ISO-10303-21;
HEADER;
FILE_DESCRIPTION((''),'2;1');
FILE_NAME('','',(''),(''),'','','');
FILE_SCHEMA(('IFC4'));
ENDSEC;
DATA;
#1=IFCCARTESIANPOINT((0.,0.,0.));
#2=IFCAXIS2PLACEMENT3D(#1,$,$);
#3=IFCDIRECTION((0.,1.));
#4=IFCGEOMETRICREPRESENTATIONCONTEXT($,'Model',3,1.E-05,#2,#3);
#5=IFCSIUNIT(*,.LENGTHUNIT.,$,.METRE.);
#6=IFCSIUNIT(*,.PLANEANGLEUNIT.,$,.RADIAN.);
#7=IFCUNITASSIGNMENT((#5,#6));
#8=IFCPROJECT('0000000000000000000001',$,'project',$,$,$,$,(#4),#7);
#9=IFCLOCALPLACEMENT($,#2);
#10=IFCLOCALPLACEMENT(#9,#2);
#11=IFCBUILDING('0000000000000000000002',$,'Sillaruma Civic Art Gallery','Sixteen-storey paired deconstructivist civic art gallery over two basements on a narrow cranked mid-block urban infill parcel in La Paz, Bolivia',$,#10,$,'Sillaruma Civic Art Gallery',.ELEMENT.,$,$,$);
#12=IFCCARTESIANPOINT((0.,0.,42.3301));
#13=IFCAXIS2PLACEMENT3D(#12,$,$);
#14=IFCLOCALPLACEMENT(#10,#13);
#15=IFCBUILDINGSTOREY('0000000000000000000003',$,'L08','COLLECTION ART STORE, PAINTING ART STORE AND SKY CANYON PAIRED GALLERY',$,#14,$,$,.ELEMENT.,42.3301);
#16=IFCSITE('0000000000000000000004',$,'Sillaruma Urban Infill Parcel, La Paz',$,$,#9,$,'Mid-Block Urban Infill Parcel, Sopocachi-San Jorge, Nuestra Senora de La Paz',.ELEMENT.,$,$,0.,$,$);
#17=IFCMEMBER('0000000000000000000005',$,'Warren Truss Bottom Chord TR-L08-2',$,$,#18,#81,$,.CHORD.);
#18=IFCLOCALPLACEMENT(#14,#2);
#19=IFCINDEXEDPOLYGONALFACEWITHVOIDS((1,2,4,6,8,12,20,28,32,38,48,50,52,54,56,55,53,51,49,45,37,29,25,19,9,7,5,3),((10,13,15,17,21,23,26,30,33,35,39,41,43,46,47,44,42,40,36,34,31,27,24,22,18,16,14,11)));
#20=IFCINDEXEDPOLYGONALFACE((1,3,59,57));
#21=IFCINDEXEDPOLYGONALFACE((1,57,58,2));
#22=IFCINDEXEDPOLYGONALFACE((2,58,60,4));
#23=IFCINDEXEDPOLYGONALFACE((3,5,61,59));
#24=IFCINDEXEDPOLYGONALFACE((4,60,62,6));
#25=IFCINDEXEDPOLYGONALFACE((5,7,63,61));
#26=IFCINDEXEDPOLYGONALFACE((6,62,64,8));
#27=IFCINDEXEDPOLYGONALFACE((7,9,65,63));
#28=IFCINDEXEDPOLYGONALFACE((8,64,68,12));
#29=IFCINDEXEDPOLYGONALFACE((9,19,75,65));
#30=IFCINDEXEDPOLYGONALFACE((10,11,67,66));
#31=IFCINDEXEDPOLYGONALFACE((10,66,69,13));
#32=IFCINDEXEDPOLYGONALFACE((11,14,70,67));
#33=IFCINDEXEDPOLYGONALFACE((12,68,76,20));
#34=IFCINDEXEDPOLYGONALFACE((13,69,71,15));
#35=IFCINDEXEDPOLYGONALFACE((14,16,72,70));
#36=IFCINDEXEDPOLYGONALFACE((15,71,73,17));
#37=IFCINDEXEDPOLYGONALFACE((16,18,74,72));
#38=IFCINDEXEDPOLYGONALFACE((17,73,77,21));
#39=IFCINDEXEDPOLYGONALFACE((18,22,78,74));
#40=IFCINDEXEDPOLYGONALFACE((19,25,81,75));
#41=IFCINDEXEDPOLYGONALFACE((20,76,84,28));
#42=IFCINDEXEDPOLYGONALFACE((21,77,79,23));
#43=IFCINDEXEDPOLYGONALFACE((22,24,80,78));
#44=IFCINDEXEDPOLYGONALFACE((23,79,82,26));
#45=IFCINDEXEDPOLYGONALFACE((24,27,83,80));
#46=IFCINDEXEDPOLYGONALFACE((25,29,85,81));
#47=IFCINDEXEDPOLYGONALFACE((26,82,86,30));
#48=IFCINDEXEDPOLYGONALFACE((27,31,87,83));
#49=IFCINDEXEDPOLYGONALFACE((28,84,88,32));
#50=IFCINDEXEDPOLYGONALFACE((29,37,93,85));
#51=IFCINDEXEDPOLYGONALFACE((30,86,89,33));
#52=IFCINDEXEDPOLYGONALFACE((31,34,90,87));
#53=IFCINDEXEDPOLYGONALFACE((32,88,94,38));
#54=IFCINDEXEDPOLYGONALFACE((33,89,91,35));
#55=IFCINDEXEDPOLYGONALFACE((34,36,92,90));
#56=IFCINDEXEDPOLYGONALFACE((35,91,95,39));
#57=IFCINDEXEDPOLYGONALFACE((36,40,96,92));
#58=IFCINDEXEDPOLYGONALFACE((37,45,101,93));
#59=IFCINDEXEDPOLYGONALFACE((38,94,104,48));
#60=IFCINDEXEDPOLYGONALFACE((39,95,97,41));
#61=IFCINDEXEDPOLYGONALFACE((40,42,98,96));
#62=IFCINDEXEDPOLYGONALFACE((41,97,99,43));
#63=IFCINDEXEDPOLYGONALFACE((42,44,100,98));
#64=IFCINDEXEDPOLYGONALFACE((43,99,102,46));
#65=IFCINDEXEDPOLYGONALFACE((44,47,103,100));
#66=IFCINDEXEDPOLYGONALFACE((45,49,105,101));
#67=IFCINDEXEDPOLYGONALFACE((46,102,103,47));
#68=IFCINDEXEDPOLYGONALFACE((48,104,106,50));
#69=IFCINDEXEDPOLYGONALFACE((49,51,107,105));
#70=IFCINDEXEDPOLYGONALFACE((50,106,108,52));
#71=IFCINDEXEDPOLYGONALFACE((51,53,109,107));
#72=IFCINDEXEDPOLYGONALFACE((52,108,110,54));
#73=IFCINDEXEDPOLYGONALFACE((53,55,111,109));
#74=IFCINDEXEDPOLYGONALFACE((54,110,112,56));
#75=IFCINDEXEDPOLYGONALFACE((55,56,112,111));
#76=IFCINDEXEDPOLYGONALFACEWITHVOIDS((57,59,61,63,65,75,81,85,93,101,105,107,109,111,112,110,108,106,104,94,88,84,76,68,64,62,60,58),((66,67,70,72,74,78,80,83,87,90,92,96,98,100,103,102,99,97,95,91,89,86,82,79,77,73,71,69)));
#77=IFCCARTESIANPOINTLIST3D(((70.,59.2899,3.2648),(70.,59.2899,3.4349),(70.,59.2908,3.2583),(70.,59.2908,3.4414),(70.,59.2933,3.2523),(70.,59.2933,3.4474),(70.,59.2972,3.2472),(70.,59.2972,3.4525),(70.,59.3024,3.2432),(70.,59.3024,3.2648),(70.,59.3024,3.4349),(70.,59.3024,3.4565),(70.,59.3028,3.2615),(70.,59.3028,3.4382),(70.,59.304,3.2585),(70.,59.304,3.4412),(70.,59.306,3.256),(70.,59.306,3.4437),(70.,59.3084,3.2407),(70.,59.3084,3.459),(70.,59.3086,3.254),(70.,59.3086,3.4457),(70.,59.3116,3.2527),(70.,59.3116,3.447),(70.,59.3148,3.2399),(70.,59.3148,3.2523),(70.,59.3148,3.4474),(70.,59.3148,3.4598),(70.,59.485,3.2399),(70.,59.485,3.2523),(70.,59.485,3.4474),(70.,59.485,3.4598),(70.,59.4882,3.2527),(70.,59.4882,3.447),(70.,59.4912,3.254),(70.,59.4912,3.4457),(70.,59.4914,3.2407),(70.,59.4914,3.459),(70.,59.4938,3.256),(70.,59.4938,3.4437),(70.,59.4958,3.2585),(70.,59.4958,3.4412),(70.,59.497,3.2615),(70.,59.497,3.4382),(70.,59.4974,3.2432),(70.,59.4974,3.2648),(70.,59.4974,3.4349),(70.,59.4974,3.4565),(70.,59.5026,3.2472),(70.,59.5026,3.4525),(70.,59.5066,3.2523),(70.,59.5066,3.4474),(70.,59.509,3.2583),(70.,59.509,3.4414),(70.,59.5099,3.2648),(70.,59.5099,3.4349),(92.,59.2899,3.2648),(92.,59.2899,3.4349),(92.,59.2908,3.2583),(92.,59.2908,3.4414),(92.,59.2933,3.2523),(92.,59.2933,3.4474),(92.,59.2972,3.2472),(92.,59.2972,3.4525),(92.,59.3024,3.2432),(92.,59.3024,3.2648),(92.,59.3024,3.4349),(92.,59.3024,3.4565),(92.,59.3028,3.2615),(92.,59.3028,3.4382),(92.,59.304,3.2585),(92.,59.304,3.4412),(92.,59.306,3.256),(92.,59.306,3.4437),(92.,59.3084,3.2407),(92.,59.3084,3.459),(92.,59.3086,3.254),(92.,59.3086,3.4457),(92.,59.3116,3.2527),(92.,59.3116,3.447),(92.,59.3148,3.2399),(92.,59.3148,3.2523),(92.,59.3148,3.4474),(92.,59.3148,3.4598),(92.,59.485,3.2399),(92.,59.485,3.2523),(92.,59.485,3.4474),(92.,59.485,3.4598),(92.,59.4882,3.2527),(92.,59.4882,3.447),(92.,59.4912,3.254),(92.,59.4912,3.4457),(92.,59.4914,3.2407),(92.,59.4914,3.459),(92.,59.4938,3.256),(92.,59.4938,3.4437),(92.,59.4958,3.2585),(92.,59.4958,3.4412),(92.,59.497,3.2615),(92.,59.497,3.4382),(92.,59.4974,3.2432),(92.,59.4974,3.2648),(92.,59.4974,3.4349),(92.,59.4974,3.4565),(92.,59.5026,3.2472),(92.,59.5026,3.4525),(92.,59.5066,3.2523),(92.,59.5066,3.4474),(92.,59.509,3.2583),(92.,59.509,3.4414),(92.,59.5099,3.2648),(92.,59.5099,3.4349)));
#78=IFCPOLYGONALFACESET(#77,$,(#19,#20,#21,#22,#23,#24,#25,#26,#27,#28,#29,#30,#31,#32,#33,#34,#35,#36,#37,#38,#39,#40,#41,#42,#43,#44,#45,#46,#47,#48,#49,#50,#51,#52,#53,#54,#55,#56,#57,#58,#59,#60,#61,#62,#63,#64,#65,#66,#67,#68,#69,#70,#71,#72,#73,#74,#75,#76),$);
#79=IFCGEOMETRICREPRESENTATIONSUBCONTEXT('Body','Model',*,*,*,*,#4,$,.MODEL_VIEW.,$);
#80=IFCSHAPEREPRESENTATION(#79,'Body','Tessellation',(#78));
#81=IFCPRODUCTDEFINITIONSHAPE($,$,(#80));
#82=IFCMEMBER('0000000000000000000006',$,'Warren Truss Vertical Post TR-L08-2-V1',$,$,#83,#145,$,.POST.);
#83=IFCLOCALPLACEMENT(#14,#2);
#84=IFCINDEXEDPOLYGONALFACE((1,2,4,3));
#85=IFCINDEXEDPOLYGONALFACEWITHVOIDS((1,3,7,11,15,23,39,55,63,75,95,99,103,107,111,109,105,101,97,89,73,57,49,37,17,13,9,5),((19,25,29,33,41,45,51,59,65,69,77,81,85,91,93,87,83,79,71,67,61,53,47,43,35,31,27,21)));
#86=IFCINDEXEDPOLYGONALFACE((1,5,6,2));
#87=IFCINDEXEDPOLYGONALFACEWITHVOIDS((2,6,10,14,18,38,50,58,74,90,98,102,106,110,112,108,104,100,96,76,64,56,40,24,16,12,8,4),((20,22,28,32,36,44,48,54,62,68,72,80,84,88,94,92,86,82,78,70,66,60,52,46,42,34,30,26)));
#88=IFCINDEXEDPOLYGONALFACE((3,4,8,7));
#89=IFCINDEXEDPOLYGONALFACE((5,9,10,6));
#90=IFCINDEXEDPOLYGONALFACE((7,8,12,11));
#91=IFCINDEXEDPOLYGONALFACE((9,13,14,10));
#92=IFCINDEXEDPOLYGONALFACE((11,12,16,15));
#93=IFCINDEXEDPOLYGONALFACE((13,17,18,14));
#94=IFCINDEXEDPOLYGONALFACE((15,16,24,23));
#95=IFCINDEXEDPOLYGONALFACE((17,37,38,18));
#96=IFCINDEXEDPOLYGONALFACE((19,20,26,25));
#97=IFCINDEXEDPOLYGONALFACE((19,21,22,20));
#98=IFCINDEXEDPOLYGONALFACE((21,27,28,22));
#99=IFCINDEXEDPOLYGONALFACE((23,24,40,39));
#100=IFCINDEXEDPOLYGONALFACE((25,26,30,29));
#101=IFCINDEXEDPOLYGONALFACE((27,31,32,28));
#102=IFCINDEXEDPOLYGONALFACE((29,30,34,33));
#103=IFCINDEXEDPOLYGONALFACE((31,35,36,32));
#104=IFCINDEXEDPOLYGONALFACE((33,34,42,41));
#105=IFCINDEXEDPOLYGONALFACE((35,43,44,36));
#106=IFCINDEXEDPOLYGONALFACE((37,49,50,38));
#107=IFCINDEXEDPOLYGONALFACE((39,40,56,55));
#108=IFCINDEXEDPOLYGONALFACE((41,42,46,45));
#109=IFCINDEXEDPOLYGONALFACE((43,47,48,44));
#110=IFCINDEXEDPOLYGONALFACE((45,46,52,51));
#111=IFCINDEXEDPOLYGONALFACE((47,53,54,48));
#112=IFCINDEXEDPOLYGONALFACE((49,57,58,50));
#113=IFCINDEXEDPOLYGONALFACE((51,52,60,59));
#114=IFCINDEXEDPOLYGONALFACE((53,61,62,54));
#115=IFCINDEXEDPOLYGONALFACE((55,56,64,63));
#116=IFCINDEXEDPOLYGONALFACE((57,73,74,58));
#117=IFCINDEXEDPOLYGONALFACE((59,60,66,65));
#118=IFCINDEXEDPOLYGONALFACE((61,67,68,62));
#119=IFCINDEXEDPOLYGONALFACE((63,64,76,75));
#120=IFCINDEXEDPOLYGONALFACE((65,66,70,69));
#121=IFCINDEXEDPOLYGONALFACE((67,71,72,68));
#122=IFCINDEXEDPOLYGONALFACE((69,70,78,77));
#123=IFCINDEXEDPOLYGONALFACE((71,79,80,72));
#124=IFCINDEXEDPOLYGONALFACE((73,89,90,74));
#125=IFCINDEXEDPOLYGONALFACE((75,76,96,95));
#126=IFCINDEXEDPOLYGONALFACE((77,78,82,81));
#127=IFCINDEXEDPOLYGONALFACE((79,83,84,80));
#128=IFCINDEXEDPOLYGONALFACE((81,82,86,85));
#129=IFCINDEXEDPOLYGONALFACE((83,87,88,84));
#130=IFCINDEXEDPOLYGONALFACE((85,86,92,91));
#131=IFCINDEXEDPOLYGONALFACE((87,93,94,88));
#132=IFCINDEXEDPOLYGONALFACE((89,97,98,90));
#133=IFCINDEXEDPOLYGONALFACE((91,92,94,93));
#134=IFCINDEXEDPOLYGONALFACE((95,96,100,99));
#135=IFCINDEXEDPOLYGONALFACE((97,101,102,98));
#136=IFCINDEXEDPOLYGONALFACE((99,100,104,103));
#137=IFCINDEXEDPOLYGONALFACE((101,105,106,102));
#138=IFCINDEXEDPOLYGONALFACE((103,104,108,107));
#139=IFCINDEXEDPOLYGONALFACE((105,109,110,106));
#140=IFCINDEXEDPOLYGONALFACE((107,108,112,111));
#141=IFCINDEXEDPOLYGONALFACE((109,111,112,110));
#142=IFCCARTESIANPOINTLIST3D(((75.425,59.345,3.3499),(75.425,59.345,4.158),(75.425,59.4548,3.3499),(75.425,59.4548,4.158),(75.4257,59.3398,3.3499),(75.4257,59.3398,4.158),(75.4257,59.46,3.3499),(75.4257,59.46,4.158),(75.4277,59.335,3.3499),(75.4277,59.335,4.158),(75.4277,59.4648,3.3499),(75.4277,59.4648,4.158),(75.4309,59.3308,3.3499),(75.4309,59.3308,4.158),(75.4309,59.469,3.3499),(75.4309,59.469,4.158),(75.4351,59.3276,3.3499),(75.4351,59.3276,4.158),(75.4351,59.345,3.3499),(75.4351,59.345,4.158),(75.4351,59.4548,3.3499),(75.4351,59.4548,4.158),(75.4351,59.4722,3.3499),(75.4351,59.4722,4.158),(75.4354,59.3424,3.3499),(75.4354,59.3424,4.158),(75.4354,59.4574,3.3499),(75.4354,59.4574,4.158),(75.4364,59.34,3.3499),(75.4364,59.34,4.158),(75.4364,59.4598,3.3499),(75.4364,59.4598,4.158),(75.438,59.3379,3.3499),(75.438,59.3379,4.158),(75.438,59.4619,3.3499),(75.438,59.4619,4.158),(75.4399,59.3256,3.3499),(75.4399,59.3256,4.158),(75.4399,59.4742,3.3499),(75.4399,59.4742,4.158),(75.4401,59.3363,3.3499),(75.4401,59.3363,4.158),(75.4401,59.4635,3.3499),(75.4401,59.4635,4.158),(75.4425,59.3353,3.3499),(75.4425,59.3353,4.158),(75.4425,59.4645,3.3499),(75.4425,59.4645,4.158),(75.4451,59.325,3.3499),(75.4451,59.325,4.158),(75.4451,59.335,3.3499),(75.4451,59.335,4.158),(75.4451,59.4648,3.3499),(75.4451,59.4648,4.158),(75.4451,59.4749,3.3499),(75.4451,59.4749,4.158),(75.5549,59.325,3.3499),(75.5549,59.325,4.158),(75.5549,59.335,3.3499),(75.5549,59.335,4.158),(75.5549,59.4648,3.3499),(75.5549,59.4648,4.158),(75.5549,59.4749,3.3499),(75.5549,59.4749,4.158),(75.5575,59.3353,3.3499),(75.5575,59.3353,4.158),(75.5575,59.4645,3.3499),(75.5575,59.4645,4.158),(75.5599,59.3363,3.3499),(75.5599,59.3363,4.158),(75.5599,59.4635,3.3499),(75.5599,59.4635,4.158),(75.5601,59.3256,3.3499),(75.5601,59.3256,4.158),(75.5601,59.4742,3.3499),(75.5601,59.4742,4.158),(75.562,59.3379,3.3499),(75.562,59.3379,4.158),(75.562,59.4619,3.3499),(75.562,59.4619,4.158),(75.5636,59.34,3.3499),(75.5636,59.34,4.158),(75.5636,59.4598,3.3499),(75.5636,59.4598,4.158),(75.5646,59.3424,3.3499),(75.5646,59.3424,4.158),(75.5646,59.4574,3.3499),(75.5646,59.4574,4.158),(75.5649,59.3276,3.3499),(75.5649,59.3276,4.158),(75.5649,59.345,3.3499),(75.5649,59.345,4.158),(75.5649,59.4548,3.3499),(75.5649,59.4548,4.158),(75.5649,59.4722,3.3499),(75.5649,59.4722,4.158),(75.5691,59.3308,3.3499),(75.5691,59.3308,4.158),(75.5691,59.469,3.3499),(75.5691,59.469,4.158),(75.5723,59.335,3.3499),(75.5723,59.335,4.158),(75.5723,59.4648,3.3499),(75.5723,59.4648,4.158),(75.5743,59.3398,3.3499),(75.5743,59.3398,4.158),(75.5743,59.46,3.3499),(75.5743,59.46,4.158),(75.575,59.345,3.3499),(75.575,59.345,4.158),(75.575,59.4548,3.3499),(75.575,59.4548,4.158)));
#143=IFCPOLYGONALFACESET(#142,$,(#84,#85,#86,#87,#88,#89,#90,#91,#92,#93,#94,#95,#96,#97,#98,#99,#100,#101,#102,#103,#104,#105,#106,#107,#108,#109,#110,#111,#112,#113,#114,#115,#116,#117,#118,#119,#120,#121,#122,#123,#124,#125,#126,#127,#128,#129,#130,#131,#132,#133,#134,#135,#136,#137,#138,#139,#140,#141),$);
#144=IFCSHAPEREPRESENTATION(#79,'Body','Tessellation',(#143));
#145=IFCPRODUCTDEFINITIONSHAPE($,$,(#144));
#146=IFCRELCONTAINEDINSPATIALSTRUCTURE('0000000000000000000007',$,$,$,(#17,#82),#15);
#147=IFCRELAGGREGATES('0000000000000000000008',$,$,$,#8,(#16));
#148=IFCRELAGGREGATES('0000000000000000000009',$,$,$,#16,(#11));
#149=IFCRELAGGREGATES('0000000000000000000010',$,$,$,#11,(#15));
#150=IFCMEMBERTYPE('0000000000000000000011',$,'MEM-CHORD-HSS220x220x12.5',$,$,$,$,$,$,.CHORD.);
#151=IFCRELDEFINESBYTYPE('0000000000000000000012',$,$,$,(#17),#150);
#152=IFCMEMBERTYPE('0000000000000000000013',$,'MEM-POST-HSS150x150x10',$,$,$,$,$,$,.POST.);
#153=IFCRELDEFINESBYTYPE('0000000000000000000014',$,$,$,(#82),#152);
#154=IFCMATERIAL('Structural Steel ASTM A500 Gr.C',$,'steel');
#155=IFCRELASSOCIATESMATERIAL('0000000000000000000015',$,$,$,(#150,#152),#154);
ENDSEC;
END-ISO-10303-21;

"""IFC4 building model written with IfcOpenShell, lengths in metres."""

from ifc_helpers import new_model, si_unit, direction, frame, origin, origin_2d, place, context, subcontext, project, spatial, hollow_rectangle, extrude, material, material_profile, profile_set, type_object, element, save


model = new_model("IFC4")

# Units and contexts
model_context = context("Model", 3, precision=1e-05, world=origin(), true_north=direction((0.0, 1.0)))
body_context = subcontext(model_context, "Body", "Model", "MODEL_VIEW")
ifc_project = project(units=[si_unit("LENGTHUNIT", "METRE"), si_unit("PLANEANGLEUNIT", "RADIAN")], contexts=[model_context])

# Site, building, storey
site_placement = place(None, origin())
site = spatial("IfcSite", under=ifc_project, at=site_placement, Name="Sillaruma Urban Infill Parcel, La Paz", LongName="Mid-Block Urban Infill Parcel, Sopocachi-San Jorge, Nuestra Senora de La Paz", CompositionType="ELEMENT", RefElevation=0.0)
building_placement = place(site_placement, origin())
building = spatial("IfcBuilding", under=site, at=building_placement, Name="Sillaruma Civic Art Gallery", Description="Sixteen-storey paired deconstructivist civic art gallery over two basements on a narrow cranked mid-block urban infill parcel in La Paz, Bolivia", LongName="Sillaruma Civic Art Gallery", CompositionType="ELEMENT")
storey_placement = place(building_placement, frame((0.0, 0.0, 42.3301)))
storey = spatial("IfcBuildingStorey", under=building, at=storey_placement, Name="L08", Description="COLLECTION ART STORE, PAINTING ART STORE AND SKY CANYON PAIRED GALLERY", CompositionType="ELEMENT", Elevation=42.3301)

# Members
ifc_material_1 = material(Name="Structural Steel ASTM A500 Gr.C", Category="steel")
ifc_material_profile_1 = material_profile(ifc_material_1, hollow_rectangle(XDim=0.22, YDim=0.22, WallThickness=0.0125, InnerFilletRadius=0.0125, OuterFilletRadius=0.0249, at=origin_2d()), Name="HSS220x220x12.5")
ifc_profile_set_1 = profile_set([ifc_material_profile_1], Name="Structural Steel ASTM A500 Gr.C")
member_type_1 = type_object("IfcMemberType", Name="MEM-CHORD-HSS220x220x12.5", PredefinedType="CHORD", material=ifc_profile_set_1)
member_placement = place(storey_placement, frame((70.0, 59.3999, 3.3499), z_axis=(1.0, 0.0, 0.0), x_axis=(0.0, 1.0, 0.0)))
element("IfcMember", 1, at=member_placement, inside=storey, type_object=member_type_1, Name="Warren Truss Bottom Chord TR-L08-2", PredefinedType="CHORD", context=body_context, shape_type="SweptSolid", body=[
    extrude(hollow_rectangle(XDim=0.22, YDim=0.22, WallThickness=0.0125, InnerFilletRadius=0.0125, OuterFilletRadius=0.0249, at=origin_2d()), origin(), (0.0, 0.0, 1.0), 22.0),
])
ifc_material_profile_2 = material_profile(ifc_material_1, hollow_rectangle(XDim=0.1499, YDim=0.1499, WallThickness=0.01, InnerFilletRadius=0.01, OuterFilletRadius=0.02, at=origin_2d()), Name="HSS150x150x10")
ifc_profile_set_2 = profile_set([ifc_material_profile_2], Name="Structural Steel ASTM A500 Gr.C")
member_type_2 = type_object("IfcMemberType", Name="MEM-POST-HSS150x150x10", PredefinedType="POST", material=ifc_profile_set_2)
for number, where, z_axis, x_axis, name in (
    (2, (75.5, 59.3999, 3.3499), (0.0, 0.0, 1.0), (1.0, 0.0, 0.0), "Warren Truss Vertical Post TR-L08-2-V1"),
):
    element("IfcMember", number, at=place(storey_placement, frame(where, z_axis=z_axis, x_axis=x_axis)), inside=storey, type_object=member_type_2, Name=name, PredefinedType="POST", context=body_context, shape_type="SweptSolid", body=[
        extrude(hollow_rectangle(XDim=0.1499, YDim=0.1499, WallThickness=0.01, InnerFilletRadius=0.01, OuterFilletRadius=0.02, at=origin_2d()), origin(), (0.0, 0.0, 1.0), 0.8081),
    ])

save(model, "model.ifc")
